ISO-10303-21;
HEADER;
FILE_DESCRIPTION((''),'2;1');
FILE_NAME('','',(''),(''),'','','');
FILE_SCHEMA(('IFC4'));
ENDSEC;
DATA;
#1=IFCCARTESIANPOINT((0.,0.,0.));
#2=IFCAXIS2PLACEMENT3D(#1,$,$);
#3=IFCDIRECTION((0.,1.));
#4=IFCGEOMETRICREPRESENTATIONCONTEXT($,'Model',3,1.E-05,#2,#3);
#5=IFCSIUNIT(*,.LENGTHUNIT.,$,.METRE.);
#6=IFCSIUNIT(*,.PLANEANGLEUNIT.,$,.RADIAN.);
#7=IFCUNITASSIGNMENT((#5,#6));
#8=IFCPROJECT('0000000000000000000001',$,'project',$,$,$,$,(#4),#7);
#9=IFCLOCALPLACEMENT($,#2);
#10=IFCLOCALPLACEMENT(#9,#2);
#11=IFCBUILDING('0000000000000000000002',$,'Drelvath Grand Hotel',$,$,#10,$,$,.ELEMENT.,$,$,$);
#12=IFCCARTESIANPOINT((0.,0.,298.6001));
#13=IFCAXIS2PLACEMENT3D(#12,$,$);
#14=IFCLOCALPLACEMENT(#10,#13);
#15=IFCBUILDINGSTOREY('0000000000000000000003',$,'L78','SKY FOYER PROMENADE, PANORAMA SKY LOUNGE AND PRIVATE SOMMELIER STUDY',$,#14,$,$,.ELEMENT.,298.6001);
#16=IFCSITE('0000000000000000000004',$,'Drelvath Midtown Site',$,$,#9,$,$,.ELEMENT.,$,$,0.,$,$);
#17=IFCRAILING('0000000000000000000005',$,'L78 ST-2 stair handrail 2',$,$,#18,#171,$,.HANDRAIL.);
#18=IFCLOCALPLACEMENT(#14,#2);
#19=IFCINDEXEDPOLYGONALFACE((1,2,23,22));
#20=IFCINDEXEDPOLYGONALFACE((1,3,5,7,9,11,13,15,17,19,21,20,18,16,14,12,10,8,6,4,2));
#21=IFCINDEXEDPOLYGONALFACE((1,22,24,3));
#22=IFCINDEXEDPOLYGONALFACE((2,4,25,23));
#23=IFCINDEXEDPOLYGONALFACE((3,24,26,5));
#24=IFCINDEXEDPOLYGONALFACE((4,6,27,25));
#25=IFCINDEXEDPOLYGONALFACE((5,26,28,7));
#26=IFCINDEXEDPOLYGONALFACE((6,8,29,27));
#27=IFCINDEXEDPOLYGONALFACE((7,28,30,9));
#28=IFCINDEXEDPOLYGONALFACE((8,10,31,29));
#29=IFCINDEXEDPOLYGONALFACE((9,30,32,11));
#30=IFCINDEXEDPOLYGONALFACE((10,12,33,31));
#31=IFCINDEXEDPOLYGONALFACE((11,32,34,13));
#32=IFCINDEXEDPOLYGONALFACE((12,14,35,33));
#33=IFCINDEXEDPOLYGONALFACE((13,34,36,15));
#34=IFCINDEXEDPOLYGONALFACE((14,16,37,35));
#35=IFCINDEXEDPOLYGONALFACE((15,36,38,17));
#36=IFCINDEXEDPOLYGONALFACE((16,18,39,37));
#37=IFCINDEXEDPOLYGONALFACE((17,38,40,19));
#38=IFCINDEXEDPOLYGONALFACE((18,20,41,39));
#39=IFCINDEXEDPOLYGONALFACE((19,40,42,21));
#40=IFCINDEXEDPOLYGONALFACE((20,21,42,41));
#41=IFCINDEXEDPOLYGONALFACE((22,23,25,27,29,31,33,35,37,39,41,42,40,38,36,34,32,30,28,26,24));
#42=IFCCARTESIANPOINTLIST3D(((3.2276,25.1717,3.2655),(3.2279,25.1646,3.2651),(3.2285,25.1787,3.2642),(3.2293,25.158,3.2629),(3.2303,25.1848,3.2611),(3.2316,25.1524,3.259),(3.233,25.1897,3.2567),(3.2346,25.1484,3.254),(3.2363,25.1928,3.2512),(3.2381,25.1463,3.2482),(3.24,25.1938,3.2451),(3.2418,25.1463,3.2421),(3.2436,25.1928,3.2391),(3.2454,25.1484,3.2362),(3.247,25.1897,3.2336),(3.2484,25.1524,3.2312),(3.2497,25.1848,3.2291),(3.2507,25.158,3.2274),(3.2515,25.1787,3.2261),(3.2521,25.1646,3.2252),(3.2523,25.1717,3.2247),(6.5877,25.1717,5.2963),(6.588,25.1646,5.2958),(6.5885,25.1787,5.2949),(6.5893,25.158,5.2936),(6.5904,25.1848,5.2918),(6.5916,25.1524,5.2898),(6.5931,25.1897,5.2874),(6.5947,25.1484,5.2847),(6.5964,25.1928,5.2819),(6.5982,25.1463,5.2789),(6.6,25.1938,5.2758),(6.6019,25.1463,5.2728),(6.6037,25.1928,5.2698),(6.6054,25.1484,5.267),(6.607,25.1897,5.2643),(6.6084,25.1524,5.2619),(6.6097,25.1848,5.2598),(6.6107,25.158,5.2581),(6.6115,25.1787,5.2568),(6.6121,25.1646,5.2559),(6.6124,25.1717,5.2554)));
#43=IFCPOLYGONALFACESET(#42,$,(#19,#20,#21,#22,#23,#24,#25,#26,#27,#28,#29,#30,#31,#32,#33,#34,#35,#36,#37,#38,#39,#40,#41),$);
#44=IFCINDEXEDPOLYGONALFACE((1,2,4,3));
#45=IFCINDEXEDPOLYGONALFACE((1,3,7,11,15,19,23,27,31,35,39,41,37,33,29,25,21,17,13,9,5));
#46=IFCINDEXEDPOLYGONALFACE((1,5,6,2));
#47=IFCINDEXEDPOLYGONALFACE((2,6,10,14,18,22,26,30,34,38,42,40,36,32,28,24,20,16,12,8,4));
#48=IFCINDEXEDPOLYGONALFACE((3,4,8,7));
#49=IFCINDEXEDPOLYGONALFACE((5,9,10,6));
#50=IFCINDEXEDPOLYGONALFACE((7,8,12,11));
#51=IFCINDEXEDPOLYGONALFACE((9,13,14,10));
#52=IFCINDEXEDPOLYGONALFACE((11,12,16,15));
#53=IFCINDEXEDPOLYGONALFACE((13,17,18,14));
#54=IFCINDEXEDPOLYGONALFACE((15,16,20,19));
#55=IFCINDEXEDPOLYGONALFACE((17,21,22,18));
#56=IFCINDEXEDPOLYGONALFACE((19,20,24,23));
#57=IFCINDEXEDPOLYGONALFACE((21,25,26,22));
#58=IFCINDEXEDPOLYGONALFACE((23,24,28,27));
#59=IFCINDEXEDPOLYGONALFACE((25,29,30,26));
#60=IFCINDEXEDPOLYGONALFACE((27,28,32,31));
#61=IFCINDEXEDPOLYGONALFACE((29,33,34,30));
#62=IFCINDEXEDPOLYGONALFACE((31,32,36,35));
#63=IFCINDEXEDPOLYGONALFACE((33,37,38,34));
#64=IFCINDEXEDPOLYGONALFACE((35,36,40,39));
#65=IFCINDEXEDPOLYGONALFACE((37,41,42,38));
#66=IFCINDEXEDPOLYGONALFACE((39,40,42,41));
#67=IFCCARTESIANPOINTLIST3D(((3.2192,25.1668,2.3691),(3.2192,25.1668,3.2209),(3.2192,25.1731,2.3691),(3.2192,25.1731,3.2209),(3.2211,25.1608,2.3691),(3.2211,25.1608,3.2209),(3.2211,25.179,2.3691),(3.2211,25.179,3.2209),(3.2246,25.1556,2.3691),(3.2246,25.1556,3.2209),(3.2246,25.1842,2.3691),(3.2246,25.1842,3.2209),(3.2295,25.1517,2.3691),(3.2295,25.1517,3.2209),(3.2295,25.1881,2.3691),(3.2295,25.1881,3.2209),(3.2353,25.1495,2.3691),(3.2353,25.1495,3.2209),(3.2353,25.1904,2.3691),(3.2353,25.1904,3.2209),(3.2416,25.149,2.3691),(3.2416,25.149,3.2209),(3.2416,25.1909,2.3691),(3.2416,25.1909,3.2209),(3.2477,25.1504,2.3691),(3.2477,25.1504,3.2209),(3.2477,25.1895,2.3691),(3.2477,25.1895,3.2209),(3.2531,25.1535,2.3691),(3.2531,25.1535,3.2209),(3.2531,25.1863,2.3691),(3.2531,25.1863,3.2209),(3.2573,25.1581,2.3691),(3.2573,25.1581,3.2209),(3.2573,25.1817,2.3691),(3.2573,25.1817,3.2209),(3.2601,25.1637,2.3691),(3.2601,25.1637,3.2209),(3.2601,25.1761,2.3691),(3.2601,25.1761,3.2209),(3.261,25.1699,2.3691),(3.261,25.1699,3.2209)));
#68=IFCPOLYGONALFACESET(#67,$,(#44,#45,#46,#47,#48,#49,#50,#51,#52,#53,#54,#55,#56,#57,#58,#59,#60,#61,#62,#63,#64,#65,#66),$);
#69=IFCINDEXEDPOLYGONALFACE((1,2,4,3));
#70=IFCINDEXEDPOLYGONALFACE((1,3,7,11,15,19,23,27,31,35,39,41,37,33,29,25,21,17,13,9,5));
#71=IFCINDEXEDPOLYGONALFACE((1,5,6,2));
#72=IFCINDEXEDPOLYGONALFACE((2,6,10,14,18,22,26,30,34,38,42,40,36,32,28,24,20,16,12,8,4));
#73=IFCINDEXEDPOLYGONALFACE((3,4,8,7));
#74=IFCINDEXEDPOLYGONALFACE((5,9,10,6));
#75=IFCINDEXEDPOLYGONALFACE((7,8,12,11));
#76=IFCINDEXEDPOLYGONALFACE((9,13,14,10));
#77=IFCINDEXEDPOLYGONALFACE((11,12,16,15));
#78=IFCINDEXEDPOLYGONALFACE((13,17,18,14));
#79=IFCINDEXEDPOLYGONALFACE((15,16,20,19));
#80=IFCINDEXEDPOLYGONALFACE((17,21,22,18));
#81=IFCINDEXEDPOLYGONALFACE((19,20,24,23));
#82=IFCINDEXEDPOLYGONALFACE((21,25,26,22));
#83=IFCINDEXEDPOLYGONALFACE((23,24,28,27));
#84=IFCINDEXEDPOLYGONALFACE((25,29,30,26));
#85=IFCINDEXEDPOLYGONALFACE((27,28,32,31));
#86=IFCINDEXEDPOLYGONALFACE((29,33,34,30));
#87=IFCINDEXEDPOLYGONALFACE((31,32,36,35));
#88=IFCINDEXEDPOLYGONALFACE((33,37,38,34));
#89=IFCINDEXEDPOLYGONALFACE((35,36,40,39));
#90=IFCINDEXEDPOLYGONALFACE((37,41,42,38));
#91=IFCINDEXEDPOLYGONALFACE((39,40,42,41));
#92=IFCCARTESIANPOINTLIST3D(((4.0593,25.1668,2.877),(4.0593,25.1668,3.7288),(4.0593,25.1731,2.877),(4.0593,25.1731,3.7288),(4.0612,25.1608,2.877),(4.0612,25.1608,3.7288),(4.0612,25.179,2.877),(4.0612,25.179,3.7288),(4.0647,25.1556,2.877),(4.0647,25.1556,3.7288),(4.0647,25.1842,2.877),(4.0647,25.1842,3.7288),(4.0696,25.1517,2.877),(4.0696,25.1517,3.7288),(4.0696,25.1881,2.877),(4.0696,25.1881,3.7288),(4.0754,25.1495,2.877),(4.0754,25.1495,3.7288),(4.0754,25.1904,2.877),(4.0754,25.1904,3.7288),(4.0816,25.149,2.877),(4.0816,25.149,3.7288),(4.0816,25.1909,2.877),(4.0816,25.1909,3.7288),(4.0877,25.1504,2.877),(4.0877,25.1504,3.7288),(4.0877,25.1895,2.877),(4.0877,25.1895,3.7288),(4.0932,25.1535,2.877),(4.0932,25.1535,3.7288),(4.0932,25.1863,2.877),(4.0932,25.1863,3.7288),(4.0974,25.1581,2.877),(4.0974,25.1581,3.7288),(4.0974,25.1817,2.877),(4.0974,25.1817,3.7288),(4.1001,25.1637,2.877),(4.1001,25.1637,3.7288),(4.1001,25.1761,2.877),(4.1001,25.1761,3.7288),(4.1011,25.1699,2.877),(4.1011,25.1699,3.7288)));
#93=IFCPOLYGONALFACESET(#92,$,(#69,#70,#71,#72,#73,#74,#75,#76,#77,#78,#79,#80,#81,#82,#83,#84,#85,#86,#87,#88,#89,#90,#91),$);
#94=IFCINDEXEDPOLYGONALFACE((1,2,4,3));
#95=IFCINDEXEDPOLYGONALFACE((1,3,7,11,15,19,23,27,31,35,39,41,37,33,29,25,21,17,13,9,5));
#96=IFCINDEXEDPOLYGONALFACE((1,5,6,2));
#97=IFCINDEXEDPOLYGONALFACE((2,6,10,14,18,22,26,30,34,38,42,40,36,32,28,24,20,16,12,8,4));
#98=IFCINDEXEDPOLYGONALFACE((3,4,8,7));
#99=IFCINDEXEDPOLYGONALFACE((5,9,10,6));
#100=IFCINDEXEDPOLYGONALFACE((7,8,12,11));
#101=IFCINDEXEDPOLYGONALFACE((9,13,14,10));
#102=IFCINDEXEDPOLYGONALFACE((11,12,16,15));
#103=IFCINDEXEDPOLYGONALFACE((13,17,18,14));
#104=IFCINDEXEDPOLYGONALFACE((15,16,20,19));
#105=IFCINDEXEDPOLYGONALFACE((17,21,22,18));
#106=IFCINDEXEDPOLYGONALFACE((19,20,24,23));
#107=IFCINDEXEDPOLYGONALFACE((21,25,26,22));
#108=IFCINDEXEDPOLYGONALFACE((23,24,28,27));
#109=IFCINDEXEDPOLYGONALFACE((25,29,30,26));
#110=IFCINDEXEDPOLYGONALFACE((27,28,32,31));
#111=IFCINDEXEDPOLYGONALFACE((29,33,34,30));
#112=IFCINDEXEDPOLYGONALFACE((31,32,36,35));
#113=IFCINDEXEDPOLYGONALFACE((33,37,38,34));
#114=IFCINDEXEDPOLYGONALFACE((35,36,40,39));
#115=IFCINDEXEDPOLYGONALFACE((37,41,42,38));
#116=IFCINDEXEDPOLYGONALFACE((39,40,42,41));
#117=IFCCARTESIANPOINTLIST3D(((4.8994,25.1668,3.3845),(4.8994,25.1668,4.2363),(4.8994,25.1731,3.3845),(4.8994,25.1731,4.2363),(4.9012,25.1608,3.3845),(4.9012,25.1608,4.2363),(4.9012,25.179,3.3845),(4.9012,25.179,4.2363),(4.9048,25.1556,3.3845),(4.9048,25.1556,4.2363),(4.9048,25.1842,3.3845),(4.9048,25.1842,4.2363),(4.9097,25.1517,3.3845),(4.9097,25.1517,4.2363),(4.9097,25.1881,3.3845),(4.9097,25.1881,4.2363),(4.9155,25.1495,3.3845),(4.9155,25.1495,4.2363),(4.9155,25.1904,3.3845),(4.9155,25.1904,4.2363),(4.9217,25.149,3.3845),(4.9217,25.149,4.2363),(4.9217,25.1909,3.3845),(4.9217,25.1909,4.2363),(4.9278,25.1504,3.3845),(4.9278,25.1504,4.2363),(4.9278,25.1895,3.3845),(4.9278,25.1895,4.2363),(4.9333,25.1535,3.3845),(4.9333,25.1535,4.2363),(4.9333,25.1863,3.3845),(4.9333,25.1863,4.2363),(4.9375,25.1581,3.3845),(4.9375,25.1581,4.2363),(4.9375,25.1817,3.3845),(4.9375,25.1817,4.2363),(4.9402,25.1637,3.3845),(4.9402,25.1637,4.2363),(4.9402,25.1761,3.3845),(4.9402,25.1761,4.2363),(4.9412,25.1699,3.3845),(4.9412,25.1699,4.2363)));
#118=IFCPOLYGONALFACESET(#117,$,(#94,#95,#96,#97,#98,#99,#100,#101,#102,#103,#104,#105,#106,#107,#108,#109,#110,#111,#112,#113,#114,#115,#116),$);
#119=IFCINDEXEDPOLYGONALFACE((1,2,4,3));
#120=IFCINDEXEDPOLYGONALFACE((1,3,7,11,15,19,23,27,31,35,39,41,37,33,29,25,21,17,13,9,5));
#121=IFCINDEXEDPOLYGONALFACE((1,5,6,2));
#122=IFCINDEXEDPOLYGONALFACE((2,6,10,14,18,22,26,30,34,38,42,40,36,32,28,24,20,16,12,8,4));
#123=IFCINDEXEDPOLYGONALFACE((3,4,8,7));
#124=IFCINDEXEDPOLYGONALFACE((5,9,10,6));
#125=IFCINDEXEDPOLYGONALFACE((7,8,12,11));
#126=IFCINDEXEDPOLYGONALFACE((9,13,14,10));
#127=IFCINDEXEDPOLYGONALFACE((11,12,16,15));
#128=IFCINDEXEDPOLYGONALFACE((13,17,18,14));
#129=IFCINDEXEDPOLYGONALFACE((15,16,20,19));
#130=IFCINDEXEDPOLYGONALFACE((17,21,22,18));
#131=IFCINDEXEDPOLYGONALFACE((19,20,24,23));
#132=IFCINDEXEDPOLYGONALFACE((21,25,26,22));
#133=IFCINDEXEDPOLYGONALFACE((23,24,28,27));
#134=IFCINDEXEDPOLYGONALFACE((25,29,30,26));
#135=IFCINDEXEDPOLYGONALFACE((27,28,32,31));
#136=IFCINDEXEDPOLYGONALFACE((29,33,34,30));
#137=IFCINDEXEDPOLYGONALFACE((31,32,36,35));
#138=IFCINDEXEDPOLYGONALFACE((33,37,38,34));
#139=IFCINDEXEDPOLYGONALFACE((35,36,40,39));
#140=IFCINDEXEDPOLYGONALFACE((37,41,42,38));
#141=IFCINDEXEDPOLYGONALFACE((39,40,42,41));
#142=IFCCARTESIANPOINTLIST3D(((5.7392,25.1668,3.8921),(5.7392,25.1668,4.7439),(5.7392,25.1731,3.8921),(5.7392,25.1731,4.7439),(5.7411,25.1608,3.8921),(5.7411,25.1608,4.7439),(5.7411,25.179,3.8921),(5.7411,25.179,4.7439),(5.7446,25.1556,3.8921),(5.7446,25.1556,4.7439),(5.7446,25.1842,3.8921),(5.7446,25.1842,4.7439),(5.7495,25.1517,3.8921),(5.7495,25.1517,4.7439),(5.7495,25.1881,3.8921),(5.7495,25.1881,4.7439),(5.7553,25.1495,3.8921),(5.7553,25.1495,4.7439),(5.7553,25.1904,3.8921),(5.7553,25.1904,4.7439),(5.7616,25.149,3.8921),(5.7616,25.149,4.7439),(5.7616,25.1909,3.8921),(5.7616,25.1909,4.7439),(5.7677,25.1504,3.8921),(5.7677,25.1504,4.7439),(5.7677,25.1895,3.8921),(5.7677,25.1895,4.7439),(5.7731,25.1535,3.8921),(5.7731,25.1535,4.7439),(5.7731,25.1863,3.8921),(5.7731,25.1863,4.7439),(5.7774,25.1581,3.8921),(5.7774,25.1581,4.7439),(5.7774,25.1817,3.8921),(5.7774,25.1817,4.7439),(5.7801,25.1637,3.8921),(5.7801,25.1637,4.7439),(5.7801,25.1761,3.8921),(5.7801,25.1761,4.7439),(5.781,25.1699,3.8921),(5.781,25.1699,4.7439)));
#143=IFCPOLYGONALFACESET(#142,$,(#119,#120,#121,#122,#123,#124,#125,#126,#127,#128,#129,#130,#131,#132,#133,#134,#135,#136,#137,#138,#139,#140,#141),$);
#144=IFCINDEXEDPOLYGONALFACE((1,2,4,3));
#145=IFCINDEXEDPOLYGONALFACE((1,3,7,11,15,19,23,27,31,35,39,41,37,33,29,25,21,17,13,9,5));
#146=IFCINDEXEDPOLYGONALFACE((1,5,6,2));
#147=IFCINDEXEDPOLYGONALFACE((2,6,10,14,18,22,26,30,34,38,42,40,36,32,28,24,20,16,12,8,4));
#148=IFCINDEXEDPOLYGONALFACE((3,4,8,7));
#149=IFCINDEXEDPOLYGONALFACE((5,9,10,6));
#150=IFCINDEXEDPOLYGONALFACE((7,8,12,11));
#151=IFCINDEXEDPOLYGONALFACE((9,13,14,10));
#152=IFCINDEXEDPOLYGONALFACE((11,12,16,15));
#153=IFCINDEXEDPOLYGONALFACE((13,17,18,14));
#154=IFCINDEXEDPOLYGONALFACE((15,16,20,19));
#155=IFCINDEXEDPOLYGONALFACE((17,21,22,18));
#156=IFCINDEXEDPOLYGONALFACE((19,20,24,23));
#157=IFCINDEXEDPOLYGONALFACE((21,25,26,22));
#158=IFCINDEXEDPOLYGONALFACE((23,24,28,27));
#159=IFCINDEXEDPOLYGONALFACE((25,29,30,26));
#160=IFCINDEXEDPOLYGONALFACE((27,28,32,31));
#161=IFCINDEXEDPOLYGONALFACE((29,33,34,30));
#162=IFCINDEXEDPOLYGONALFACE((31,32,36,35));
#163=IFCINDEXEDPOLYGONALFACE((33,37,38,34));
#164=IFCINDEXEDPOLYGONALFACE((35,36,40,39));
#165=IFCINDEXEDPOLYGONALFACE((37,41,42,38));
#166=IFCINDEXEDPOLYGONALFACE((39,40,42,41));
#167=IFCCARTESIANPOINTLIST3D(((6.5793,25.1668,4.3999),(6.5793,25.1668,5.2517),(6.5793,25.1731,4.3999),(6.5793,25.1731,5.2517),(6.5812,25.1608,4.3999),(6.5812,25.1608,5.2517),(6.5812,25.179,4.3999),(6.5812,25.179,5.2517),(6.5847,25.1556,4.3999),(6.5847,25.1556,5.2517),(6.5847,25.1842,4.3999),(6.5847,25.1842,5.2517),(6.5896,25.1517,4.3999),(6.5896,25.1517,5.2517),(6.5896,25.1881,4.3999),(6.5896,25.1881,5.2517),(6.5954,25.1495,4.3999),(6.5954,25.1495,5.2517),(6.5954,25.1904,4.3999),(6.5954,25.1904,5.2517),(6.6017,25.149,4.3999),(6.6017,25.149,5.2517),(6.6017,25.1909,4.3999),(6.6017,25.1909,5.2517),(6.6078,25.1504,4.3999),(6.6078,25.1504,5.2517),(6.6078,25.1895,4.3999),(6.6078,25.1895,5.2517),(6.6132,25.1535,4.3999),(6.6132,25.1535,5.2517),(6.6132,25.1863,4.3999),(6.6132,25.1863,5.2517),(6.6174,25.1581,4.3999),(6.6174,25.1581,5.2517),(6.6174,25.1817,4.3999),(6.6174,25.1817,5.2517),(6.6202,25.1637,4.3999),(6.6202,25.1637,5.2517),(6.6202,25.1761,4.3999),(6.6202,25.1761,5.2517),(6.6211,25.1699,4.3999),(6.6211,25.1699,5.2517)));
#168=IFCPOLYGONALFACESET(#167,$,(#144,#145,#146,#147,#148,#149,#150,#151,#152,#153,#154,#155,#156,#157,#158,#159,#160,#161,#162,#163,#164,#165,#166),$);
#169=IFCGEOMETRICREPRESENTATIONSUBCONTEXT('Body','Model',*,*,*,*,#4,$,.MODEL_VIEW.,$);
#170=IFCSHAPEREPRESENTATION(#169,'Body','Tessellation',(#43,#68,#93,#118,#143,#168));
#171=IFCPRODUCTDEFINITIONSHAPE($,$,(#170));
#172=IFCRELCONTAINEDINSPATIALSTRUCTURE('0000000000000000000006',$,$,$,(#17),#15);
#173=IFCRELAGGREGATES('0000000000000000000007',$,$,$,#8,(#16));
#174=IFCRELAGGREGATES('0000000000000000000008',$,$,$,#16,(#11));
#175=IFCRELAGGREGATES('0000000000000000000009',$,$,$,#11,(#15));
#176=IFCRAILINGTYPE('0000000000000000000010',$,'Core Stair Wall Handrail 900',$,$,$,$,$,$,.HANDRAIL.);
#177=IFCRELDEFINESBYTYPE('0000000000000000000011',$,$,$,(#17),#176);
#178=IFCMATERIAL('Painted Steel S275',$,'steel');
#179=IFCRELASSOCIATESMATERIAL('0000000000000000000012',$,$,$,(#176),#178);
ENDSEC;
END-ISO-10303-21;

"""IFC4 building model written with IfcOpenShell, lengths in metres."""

from ifc_helpers import new_model, si_unit, direction, frame, origin, origin_2d, place, context, subcontext, project, spatial, circle, extrude, material, type_object, element, save


model = new_model("IFC4")

# Units and contexts
model_context = context("Model", 3, precision=1e-05, world=origin(), true_north=direction((0.0, 1.0)))
body_context = subcontext(model_context, "Body", "Model", "MODEL_VIEW")
ifc_project = project(units=[si_unit("LENGTHUNIT", "METRE"), si_unit("PLANEANGLEUNIT", "RADIAN")], contexts=[model_context])

# Site, building, storey
site_placement = place(None, origin())
site = spatial("IfcSite", under=ifc_project, at=site_placement, Name="Drelvath Midtown Site", CompositionType="ELEMENT", RefElevation=0.0)
building_placement = place(site_placement, origin())
building = spatial("IfcBuilding", under=site, at=building_placement, Name="Drelvath Grand Hotel", CompositionType="ELEMENT")
storey_placement = place(building_placement, frame((0.0, 0.0, 298.6001)))
storey = spatial("IfcBuildingStorey", under=building, at=storey_placement, Name="L78", Description="SKY FOYER PROMENADE, PANORAMA SKY LOUNGE AND PRIVATE SOMMELIER STUDY", CompositionType="ELEMENT", Elevation=298.6001)

# Railing
ifc_material_1 = material(Name="Painted Steel S275", Category="steel")
railing_type_1 = type_object("IfcRailingType", Name="Core Stair Wall Handrail 900", PredefinedType="HANDRAIL", material=ifc_material_1)
railing_1_placement = place(storey_placement, frame((3.24, 25.1699, 2.3691)))
element("IfcRailing", 1, at=railing_1_placement, inside=storey, type_object=railing_type_1, Name="L78 ST-2 stair handrail 2", PredefinedType="HANDRAIL", context=body_context, shape_type="SweptSolid", body=[
    extrude(circle(Radius=0.0239, at=origin_2d()), frame((0.0, 0.0, 0.876), z_axis=(0.855837, 0.0, 0.517246), x_axis=(0.0, 1.0, 0.0)), (0.0, 0.0, 1.0), 3.926),
    extrude(circle(Radius=0.021, at=origin_2d()), origin(), (0.0, 0.0, 1.0), 0.8518),
    extrude(circle(Radius=0.021, at=origin_2d()), frame((0.8401, 0.0, 0.5078)), (0.0, 0.0, 1.0), 0.8518),
    extrude(circle(Radius=0.021, at=origin_2d()), frame((1.6802, 0.0, 1.0154)), (0.0, 0.0, 1.0), 0.8518),
    extrude(circle(Radius=0.021, at=origin_2d()), frame((2.52, 0.0, 1.5229)), (0.0, 0.0, 1.0), 0.8518),
    extrude(circle(Radius=0.021, at=origin_2d()), frame((3.3601, 0.0, 2.0308)), (0.0, 0.0, 1.0), 0.8518),
])

save(model, "model.ifc")
